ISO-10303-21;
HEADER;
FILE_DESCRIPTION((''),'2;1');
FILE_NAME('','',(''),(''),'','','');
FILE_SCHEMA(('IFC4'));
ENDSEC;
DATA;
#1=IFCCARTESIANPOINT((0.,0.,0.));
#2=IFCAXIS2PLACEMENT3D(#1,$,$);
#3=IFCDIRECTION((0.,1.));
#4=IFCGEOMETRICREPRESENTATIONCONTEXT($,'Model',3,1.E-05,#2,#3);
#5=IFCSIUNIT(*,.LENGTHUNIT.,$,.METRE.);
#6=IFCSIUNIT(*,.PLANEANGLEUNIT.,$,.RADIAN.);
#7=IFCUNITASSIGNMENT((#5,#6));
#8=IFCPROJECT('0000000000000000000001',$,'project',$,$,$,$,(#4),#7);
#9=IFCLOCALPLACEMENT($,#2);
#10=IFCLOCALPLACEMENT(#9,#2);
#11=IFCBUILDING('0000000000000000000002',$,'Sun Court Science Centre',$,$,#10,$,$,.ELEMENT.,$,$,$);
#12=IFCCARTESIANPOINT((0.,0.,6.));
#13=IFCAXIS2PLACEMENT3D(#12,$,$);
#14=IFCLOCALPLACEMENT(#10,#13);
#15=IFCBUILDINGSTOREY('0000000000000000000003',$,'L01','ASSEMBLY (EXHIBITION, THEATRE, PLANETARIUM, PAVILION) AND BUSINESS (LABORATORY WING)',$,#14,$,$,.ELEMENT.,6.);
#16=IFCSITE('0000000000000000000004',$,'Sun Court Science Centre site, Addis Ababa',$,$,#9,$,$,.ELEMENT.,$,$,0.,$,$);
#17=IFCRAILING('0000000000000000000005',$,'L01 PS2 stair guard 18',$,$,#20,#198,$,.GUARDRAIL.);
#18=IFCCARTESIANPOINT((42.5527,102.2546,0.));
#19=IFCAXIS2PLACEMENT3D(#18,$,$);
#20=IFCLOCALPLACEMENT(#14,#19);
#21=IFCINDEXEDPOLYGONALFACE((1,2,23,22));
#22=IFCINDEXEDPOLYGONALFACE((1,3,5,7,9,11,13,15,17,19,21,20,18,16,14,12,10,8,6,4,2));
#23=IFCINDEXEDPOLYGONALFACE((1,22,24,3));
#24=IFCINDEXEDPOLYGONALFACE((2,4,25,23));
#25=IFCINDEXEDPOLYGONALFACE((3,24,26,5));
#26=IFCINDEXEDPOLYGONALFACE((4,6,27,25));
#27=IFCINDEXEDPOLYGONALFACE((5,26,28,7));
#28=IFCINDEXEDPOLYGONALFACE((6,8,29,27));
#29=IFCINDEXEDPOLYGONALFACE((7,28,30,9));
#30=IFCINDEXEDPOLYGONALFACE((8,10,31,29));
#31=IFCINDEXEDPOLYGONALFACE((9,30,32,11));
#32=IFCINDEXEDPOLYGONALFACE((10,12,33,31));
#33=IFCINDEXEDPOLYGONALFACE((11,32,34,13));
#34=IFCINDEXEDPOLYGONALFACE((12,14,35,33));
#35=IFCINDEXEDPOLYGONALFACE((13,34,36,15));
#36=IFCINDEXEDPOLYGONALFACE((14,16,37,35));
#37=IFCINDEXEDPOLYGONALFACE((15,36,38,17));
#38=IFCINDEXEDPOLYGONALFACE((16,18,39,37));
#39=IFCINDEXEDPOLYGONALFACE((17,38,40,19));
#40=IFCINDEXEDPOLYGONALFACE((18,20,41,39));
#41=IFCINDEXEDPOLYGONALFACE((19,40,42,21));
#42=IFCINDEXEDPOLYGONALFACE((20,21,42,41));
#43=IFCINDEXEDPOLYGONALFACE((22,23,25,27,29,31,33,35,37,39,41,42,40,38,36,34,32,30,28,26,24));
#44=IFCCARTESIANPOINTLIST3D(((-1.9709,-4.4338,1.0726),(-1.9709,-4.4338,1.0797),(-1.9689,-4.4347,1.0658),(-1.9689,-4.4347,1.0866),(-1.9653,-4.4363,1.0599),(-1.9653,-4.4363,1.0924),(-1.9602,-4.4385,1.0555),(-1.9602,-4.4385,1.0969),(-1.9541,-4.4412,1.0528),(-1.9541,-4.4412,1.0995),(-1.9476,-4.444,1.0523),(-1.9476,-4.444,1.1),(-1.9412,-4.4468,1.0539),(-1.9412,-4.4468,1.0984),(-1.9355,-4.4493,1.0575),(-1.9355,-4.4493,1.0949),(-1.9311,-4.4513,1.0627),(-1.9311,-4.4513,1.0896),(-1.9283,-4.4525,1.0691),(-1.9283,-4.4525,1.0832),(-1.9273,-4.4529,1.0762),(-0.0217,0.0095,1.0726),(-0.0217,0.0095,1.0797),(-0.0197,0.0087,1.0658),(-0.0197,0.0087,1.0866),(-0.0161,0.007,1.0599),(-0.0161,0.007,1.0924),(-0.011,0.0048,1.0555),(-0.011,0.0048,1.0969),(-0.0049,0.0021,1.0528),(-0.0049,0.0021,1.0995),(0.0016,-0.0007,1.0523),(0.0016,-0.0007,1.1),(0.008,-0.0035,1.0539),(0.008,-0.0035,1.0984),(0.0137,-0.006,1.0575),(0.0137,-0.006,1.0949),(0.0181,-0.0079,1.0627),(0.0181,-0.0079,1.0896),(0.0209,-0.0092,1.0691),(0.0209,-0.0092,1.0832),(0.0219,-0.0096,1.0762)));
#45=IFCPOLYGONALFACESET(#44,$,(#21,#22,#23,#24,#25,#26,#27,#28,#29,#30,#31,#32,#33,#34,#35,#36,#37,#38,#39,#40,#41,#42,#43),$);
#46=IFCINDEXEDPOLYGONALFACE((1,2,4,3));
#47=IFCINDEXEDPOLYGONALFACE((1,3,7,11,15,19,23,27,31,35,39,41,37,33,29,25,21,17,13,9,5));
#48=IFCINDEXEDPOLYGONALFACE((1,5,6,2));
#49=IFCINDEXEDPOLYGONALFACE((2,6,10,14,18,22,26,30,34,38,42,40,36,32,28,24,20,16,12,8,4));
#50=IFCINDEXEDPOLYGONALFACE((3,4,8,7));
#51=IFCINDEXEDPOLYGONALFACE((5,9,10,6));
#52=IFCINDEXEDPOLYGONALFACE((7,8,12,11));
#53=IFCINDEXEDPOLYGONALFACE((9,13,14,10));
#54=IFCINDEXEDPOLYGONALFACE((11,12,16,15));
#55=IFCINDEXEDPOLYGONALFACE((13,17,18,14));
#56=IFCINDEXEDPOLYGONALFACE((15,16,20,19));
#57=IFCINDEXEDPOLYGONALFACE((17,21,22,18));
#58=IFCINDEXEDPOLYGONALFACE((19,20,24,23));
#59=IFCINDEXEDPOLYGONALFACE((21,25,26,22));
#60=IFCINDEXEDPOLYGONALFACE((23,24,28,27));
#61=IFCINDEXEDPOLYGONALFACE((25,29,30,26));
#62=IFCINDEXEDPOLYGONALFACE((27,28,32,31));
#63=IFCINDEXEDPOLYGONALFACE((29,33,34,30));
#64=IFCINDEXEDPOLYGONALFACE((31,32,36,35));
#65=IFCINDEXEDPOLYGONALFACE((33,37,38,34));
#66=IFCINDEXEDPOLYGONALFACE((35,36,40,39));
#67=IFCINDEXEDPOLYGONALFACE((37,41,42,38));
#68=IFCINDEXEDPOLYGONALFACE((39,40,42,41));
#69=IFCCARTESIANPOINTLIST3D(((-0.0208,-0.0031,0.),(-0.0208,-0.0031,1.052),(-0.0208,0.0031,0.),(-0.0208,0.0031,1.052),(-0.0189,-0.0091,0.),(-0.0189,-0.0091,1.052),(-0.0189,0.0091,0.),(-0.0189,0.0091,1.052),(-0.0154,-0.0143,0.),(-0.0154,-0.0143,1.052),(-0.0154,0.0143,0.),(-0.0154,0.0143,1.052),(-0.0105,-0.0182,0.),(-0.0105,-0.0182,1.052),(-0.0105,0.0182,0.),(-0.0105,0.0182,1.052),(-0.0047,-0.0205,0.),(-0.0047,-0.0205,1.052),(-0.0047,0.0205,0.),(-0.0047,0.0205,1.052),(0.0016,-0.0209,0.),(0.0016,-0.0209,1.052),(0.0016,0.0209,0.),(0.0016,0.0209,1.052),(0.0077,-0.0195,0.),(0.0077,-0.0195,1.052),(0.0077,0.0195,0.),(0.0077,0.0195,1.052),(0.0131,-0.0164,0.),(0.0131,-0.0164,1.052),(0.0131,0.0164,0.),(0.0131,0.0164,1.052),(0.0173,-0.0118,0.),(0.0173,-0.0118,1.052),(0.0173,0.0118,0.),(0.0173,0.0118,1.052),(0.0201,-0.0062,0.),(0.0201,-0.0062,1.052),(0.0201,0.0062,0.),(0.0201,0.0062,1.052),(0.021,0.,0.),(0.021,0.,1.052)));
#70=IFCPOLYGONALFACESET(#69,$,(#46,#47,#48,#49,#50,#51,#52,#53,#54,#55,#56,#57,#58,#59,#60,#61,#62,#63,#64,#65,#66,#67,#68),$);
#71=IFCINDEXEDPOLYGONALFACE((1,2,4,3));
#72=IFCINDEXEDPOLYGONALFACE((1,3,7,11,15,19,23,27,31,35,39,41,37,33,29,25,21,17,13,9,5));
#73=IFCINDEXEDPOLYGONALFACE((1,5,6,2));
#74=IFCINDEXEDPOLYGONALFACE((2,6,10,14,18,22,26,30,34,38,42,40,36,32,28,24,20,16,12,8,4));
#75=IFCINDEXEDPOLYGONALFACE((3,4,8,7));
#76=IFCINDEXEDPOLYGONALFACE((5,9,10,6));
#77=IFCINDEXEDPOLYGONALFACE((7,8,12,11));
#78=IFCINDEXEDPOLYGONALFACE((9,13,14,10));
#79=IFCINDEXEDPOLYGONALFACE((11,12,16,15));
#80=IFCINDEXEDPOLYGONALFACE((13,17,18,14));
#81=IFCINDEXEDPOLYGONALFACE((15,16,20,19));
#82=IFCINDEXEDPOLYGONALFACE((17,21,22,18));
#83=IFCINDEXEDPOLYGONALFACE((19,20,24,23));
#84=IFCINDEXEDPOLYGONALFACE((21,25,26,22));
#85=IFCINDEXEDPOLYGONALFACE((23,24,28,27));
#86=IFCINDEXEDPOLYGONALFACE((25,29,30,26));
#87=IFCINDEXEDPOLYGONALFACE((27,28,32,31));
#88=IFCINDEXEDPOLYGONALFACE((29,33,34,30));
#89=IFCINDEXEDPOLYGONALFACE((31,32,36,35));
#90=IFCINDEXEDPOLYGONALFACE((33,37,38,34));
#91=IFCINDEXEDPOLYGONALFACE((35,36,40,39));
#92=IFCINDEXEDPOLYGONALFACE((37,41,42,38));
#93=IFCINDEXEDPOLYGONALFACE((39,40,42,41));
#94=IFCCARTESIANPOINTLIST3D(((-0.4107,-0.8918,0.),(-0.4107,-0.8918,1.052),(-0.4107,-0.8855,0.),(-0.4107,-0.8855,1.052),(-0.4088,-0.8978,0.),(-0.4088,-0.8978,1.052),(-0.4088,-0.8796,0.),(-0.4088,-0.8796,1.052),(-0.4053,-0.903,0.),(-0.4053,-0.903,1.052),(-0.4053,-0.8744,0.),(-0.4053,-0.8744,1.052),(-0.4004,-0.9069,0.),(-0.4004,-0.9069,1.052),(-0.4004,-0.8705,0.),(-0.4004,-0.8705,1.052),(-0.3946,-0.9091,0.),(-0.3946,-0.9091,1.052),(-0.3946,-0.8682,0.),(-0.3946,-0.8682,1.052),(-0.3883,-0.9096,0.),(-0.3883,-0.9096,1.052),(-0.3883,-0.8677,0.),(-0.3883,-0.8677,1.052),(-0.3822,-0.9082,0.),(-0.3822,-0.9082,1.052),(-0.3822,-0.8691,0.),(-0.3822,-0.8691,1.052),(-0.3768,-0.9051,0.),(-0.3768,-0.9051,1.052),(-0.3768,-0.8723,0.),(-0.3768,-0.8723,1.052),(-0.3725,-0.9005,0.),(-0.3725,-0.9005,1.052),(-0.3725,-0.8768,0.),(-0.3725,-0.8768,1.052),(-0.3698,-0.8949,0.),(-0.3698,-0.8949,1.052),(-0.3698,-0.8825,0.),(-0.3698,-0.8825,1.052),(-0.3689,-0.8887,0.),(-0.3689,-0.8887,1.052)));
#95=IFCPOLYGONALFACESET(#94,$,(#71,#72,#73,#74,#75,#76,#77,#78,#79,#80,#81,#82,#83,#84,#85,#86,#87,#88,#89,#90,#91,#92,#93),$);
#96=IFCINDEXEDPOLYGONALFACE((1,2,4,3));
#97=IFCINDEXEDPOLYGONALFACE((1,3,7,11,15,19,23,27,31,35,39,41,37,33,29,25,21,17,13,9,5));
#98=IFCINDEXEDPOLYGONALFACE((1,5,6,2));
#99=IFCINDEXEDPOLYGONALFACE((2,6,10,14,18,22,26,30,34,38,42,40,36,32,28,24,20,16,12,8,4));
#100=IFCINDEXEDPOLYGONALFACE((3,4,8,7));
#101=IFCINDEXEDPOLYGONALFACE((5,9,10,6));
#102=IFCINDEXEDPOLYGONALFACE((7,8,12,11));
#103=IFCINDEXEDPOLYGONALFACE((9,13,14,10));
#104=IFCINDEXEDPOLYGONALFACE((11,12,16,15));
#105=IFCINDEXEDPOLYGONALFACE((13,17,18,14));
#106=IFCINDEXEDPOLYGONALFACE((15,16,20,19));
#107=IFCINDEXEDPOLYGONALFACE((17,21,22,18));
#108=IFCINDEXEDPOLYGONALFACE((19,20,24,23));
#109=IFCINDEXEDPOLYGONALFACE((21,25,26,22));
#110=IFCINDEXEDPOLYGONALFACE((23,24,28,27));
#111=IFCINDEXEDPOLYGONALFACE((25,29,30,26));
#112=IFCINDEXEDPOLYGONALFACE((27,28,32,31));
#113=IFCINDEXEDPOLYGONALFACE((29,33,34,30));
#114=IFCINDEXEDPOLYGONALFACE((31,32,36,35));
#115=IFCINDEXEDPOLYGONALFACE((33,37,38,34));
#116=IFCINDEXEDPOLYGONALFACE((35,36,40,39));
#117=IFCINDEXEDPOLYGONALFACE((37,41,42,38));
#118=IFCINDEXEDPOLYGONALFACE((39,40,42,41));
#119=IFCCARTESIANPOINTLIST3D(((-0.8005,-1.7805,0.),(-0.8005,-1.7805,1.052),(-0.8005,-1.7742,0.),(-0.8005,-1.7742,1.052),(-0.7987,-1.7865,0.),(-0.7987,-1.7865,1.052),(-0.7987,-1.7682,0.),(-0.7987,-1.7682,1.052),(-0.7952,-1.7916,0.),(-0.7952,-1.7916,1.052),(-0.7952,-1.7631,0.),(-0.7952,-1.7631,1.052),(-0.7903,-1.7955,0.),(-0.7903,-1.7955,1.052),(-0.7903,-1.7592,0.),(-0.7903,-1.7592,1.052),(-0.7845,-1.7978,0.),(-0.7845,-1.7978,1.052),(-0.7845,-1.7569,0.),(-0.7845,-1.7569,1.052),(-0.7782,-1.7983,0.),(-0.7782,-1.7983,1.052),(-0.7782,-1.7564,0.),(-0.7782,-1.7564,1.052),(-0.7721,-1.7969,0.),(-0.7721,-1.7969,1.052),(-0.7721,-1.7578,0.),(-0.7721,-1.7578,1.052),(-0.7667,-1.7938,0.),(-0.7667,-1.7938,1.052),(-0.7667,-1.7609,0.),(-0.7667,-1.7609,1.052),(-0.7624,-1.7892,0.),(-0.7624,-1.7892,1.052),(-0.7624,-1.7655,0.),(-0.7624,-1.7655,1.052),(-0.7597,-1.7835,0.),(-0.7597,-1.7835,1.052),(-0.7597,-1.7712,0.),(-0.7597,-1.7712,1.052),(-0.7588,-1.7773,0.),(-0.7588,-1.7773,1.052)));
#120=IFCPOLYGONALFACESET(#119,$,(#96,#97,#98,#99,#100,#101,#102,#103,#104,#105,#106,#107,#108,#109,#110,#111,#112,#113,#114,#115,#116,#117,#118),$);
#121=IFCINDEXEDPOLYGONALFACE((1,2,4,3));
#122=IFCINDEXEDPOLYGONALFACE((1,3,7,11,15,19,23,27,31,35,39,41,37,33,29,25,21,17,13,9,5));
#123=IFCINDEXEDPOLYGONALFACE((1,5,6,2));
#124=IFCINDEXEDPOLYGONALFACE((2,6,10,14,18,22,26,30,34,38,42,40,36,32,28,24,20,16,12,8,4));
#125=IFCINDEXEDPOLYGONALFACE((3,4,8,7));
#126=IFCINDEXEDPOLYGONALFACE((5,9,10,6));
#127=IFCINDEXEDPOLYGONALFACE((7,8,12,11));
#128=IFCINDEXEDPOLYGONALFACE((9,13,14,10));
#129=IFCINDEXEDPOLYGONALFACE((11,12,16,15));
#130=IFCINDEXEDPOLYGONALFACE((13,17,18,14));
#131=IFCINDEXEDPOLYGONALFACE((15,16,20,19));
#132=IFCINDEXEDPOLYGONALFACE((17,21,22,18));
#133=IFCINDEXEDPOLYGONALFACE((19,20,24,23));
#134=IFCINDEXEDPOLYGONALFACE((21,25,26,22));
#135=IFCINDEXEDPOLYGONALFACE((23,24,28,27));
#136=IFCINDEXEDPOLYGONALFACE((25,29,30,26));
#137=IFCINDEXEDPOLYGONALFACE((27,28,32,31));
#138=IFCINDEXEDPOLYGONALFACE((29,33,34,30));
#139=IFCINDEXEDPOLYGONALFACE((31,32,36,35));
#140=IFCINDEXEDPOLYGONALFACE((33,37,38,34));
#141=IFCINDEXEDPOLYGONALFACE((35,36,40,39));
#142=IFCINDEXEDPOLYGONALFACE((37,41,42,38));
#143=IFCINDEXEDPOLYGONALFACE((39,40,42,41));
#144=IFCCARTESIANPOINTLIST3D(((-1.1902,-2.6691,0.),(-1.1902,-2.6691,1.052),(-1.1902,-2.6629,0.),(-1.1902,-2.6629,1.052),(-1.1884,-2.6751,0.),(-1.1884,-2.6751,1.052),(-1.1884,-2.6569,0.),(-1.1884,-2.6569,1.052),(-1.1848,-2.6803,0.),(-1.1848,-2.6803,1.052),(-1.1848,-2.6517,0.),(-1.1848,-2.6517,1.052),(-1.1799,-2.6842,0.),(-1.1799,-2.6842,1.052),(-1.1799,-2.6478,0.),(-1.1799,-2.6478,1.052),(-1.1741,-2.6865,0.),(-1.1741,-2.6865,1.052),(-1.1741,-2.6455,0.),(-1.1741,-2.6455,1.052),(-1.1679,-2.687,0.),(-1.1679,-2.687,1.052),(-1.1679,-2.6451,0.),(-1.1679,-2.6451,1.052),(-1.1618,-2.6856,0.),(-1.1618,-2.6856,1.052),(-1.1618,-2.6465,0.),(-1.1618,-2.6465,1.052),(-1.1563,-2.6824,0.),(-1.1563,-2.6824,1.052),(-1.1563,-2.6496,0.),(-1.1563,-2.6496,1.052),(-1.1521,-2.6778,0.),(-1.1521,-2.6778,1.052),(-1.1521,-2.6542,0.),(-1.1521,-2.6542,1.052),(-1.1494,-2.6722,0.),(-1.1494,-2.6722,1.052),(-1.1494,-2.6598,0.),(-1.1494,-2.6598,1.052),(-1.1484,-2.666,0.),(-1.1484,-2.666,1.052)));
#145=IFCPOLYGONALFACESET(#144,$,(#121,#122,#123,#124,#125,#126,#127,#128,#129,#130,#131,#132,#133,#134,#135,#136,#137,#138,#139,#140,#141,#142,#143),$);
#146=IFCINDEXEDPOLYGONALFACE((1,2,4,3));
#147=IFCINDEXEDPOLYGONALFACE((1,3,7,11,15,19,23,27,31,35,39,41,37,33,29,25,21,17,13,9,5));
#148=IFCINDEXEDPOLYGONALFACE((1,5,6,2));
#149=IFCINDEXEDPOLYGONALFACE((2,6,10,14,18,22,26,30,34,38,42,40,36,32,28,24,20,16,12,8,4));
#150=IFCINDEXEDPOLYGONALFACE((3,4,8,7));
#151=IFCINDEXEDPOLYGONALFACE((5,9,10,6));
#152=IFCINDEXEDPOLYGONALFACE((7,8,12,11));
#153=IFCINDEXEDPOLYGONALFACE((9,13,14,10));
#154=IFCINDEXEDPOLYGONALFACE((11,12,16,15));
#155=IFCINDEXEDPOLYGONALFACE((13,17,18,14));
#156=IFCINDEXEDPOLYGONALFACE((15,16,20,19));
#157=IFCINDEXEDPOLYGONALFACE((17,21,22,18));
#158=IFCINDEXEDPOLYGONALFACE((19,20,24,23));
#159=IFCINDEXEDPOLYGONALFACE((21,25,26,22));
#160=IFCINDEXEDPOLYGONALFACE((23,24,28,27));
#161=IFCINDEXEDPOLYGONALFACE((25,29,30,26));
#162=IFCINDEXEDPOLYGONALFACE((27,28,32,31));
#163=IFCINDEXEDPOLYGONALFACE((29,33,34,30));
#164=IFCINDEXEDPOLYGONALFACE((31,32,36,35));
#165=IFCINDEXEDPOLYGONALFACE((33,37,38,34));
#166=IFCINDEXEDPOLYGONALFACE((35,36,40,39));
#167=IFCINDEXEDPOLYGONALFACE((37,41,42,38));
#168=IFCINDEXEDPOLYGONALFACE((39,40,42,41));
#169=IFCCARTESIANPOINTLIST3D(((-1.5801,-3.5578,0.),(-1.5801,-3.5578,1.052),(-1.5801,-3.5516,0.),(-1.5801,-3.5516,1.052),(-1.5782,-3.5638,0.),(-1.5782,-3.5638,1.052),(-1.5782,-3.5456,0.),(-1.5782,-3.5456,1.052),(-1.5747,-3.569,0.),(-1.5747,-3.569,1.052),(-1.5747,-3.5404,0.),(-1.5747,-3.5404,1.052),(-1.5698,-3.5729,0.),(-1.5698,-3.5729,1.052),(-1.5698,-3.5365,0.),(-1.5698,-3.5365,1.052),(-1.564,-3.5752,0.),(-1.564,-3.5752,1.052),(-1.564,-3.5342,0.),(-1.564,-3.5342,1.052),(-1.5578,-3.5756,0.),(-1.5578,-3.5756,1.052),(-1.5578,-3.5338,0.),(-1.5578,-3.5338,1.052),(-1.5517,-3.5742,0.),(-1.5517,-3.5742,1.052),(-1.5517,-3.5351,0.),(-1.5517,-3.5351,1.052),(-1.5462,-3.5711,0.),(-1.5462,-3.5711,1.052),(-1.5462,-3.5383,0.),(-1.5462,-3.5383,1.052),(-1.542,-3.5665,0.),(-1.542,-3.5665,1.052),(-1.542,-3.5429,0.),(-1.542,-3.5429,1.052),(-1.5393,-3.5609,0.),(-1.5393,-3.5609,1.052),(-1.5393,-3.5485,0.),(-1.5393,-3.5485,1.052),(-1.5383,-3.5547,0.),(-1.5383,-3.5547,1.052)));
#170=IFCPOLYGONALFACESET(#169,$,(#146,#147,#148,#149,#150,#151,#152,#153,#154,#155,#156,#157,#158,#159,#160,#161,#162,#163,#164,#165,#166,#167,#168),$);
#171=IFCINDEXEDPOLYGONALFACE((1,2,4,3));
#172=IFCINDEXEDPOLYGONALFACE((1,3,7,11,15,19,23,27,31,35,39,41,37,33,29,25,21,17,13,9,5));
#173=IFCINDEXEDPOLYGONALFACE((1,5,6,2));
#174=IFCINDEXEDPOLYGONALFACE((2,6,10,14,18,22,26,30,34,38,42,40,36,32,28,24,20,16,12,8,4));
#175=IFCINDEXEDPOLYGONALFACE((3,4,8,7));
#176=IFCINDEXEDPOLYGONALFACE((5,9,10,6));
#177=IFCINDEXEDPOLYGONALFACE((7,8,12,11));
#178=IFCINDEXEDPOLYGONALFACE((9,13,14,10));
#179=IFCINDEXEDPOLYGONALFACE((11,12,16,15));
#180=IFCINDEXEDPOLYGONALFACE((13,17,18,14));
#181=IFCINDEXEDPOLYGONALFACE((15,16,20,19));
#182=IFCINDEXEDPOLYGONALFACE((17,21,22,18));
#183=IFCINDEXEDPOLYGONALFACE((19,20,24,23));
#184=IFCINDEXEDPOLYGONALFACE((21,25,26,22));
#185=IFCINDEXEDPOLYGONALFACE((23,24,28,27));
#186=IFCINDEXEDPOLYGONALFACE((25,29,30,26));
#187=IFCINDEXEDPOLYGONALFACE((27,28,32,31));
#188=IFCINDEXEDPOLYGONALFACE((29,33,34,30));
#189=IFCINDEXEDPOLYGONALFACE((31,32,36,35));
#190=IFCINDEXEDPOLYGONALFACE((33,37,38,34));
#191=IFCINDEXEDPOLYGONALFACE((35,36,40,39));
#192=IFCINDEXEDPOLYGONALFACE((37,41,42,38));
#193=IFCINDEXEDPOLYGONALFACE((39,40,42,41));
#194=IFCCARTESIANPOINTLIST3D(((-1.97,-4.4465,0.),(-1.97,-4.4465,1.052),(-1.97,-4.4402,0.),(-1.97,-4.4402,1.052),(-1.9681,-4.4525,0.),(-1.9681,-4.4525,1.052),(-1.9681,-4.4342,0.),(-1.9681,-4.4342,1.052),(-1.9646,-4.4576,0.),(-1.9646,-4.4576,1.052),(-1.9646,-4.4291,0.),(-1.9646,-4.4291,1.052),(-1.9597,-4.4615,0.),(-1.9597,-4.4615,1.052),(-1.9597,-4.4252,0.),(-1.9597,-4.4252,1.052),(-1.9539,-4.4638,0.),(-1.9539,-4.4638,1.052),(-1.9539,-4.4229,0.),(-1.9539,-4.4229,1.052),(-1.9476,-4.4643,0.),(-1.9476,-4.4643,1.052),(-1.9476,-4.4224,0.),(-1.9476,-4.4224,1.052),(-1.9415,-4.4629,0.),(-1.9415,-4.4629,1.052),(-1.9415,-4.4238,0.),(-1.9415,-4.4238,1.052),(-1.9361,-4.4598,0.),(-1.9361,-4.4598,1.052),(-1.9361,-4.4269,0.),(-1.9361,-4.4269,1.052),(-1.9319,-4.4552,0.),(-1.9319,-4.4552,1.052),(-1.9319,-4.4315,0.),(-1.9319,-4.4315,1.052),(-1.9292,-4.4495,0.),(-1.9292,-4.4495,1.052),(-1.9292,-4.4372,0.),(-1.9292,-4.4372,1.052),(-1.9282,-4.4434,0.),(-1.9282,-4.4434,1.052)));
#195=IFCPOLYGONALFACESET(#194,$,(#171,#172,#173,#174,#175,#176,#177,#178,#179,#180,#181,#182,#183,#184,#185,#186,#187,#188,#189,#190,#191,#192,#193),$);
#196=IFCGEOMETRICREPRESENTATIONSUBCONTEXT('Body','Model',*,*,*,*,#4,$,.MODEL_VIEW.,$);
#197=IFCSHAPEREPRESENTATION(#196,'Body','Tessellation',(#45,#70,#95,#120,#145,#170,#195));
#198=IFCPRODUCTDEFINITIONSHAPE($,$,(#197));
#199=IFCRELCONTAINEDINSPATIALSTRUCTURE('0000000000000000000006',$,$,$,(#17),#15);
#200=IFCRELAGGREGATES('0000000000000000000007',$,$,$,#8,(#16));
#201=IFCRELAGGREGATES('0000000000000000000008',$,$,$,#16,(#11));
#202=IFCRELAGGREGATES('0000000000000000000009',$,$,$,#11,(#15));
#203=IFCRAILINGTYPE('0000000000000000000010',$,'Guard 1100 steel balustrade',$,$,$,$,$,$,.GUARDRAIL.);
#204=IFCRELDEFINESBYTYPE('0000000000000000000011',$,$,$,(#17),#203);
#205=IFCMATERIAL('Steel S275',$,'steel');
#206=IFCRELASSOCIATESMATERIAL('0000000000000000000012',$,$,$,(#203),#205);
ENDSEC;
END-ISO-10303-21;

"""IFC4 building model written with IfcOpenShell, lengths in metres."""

from ifc_helpers import new_model, si_unit, direction, frame, origin, origin_2d, place, context, subcontext, project, spatial, circle, extrude, material, type_object, element, save


model = new_model("IFC4")

# Units and contexts
model_context = context("Model", 3, precision=1e-05, world=origin(), true_north=direction((0.0, 1.0)))
body_context = subcontext(model_context, "Body", "Model", "MODEL_VIEW")
ifc_project = project(units=[si_unit("LENGTHUNIT", "METRE"), si_unit("PLANEANGLEUNIT", "RADIAN")], contexts=[model_context])

# Site, building, storey
site_placement = place(None, origin())
site = spatial("IfcSite", under=ifc_project, at=site_placement, Name="Sun Court Science Centre site, Addis Ababa", CompositionType="ELEMENT", RefElevation=0.0)
building_placement = place(site_placement, origin())
building = spatial("IfcBuilding", under=site, at=building_placement, Name="Sun Court Science Centre", CompositionType="ELEMENT")
storey_placement = place(building_placement, frame((0.0, 0.0, 6.0)))
storey = spatial("IfcBuildingStorey", under=building, at=storey_placement, Name="L01", Description="ASSEMBLY (EXHIBITION, THEATRE, PLANETARIUM, PAVILION) AND BUSINESS (LABORATORY WING)", CompositionType="ELEMENT", Elevation=6.0)

# Railing
ifc_material_1 = material(Name="Steel S275", Category="steel")
railing_type_1 = type_object("IfcRailingType", Name="Guard 1100 steel balustrade", PredefinedType="GUARDRAIL", material=ifc_material_1)
railing_1_placement = place(storey_placement, frame((42.5527, 102.2546, 0.0)))
element("IfcRailing", 1, at=railing_1_placement, inside=storey, type_object=railing_type_1, Name="L01 PS2 stair guard 18", PredefinedType="GUARDRAIL", context=body_context, shape_type="SweptSolid", body=[
    extrude(circle(Radius=0.0239, at=origin_2d()), frame((0.0, 0.0, 1.0762), z_axis=(-0.401727, -0.91576, 0.0), x_axis=(0.91576, -0.401727, 0.0)), (0.0, 0.0, 1.0), 4.8521),
    extrude(circle(Radius=0.021, at=origin_2d()), origin(), (0.0, 0.0, 1.0), 1.052),
    extrude(circle(Radius=0.021, at=origin_2d()), frame((-0.3899, -0.8887, 0.0)), (0.0, 0.0, 1.0), 1.052),
    extrude(circle(Radius=0.021, at=origin_2d()), frame((-0.7798, -1.7773, 0.0)), (0.0, 0.0, 1.0), 1.052),
    extrude(circle(Radius=0.021, at=origin_2d()), frame((-1.1694, -2.666, 0.0)), (0.0, 0.0, 1.0), 1.052),
    extrude(circle(Radius=0.021, at=origin_2d()), frame((-1.5593, -3.5547, 0.0)), (0.0, 0.0, 1.0), 1.052),
    extrude(circle(Radius=0.021, at=origin_2d()), frame((-1.9492, -4.4434, 0.0)), (0.0, 0.0, 1.0), 1.052),
])

save(model, "model.ifc")
